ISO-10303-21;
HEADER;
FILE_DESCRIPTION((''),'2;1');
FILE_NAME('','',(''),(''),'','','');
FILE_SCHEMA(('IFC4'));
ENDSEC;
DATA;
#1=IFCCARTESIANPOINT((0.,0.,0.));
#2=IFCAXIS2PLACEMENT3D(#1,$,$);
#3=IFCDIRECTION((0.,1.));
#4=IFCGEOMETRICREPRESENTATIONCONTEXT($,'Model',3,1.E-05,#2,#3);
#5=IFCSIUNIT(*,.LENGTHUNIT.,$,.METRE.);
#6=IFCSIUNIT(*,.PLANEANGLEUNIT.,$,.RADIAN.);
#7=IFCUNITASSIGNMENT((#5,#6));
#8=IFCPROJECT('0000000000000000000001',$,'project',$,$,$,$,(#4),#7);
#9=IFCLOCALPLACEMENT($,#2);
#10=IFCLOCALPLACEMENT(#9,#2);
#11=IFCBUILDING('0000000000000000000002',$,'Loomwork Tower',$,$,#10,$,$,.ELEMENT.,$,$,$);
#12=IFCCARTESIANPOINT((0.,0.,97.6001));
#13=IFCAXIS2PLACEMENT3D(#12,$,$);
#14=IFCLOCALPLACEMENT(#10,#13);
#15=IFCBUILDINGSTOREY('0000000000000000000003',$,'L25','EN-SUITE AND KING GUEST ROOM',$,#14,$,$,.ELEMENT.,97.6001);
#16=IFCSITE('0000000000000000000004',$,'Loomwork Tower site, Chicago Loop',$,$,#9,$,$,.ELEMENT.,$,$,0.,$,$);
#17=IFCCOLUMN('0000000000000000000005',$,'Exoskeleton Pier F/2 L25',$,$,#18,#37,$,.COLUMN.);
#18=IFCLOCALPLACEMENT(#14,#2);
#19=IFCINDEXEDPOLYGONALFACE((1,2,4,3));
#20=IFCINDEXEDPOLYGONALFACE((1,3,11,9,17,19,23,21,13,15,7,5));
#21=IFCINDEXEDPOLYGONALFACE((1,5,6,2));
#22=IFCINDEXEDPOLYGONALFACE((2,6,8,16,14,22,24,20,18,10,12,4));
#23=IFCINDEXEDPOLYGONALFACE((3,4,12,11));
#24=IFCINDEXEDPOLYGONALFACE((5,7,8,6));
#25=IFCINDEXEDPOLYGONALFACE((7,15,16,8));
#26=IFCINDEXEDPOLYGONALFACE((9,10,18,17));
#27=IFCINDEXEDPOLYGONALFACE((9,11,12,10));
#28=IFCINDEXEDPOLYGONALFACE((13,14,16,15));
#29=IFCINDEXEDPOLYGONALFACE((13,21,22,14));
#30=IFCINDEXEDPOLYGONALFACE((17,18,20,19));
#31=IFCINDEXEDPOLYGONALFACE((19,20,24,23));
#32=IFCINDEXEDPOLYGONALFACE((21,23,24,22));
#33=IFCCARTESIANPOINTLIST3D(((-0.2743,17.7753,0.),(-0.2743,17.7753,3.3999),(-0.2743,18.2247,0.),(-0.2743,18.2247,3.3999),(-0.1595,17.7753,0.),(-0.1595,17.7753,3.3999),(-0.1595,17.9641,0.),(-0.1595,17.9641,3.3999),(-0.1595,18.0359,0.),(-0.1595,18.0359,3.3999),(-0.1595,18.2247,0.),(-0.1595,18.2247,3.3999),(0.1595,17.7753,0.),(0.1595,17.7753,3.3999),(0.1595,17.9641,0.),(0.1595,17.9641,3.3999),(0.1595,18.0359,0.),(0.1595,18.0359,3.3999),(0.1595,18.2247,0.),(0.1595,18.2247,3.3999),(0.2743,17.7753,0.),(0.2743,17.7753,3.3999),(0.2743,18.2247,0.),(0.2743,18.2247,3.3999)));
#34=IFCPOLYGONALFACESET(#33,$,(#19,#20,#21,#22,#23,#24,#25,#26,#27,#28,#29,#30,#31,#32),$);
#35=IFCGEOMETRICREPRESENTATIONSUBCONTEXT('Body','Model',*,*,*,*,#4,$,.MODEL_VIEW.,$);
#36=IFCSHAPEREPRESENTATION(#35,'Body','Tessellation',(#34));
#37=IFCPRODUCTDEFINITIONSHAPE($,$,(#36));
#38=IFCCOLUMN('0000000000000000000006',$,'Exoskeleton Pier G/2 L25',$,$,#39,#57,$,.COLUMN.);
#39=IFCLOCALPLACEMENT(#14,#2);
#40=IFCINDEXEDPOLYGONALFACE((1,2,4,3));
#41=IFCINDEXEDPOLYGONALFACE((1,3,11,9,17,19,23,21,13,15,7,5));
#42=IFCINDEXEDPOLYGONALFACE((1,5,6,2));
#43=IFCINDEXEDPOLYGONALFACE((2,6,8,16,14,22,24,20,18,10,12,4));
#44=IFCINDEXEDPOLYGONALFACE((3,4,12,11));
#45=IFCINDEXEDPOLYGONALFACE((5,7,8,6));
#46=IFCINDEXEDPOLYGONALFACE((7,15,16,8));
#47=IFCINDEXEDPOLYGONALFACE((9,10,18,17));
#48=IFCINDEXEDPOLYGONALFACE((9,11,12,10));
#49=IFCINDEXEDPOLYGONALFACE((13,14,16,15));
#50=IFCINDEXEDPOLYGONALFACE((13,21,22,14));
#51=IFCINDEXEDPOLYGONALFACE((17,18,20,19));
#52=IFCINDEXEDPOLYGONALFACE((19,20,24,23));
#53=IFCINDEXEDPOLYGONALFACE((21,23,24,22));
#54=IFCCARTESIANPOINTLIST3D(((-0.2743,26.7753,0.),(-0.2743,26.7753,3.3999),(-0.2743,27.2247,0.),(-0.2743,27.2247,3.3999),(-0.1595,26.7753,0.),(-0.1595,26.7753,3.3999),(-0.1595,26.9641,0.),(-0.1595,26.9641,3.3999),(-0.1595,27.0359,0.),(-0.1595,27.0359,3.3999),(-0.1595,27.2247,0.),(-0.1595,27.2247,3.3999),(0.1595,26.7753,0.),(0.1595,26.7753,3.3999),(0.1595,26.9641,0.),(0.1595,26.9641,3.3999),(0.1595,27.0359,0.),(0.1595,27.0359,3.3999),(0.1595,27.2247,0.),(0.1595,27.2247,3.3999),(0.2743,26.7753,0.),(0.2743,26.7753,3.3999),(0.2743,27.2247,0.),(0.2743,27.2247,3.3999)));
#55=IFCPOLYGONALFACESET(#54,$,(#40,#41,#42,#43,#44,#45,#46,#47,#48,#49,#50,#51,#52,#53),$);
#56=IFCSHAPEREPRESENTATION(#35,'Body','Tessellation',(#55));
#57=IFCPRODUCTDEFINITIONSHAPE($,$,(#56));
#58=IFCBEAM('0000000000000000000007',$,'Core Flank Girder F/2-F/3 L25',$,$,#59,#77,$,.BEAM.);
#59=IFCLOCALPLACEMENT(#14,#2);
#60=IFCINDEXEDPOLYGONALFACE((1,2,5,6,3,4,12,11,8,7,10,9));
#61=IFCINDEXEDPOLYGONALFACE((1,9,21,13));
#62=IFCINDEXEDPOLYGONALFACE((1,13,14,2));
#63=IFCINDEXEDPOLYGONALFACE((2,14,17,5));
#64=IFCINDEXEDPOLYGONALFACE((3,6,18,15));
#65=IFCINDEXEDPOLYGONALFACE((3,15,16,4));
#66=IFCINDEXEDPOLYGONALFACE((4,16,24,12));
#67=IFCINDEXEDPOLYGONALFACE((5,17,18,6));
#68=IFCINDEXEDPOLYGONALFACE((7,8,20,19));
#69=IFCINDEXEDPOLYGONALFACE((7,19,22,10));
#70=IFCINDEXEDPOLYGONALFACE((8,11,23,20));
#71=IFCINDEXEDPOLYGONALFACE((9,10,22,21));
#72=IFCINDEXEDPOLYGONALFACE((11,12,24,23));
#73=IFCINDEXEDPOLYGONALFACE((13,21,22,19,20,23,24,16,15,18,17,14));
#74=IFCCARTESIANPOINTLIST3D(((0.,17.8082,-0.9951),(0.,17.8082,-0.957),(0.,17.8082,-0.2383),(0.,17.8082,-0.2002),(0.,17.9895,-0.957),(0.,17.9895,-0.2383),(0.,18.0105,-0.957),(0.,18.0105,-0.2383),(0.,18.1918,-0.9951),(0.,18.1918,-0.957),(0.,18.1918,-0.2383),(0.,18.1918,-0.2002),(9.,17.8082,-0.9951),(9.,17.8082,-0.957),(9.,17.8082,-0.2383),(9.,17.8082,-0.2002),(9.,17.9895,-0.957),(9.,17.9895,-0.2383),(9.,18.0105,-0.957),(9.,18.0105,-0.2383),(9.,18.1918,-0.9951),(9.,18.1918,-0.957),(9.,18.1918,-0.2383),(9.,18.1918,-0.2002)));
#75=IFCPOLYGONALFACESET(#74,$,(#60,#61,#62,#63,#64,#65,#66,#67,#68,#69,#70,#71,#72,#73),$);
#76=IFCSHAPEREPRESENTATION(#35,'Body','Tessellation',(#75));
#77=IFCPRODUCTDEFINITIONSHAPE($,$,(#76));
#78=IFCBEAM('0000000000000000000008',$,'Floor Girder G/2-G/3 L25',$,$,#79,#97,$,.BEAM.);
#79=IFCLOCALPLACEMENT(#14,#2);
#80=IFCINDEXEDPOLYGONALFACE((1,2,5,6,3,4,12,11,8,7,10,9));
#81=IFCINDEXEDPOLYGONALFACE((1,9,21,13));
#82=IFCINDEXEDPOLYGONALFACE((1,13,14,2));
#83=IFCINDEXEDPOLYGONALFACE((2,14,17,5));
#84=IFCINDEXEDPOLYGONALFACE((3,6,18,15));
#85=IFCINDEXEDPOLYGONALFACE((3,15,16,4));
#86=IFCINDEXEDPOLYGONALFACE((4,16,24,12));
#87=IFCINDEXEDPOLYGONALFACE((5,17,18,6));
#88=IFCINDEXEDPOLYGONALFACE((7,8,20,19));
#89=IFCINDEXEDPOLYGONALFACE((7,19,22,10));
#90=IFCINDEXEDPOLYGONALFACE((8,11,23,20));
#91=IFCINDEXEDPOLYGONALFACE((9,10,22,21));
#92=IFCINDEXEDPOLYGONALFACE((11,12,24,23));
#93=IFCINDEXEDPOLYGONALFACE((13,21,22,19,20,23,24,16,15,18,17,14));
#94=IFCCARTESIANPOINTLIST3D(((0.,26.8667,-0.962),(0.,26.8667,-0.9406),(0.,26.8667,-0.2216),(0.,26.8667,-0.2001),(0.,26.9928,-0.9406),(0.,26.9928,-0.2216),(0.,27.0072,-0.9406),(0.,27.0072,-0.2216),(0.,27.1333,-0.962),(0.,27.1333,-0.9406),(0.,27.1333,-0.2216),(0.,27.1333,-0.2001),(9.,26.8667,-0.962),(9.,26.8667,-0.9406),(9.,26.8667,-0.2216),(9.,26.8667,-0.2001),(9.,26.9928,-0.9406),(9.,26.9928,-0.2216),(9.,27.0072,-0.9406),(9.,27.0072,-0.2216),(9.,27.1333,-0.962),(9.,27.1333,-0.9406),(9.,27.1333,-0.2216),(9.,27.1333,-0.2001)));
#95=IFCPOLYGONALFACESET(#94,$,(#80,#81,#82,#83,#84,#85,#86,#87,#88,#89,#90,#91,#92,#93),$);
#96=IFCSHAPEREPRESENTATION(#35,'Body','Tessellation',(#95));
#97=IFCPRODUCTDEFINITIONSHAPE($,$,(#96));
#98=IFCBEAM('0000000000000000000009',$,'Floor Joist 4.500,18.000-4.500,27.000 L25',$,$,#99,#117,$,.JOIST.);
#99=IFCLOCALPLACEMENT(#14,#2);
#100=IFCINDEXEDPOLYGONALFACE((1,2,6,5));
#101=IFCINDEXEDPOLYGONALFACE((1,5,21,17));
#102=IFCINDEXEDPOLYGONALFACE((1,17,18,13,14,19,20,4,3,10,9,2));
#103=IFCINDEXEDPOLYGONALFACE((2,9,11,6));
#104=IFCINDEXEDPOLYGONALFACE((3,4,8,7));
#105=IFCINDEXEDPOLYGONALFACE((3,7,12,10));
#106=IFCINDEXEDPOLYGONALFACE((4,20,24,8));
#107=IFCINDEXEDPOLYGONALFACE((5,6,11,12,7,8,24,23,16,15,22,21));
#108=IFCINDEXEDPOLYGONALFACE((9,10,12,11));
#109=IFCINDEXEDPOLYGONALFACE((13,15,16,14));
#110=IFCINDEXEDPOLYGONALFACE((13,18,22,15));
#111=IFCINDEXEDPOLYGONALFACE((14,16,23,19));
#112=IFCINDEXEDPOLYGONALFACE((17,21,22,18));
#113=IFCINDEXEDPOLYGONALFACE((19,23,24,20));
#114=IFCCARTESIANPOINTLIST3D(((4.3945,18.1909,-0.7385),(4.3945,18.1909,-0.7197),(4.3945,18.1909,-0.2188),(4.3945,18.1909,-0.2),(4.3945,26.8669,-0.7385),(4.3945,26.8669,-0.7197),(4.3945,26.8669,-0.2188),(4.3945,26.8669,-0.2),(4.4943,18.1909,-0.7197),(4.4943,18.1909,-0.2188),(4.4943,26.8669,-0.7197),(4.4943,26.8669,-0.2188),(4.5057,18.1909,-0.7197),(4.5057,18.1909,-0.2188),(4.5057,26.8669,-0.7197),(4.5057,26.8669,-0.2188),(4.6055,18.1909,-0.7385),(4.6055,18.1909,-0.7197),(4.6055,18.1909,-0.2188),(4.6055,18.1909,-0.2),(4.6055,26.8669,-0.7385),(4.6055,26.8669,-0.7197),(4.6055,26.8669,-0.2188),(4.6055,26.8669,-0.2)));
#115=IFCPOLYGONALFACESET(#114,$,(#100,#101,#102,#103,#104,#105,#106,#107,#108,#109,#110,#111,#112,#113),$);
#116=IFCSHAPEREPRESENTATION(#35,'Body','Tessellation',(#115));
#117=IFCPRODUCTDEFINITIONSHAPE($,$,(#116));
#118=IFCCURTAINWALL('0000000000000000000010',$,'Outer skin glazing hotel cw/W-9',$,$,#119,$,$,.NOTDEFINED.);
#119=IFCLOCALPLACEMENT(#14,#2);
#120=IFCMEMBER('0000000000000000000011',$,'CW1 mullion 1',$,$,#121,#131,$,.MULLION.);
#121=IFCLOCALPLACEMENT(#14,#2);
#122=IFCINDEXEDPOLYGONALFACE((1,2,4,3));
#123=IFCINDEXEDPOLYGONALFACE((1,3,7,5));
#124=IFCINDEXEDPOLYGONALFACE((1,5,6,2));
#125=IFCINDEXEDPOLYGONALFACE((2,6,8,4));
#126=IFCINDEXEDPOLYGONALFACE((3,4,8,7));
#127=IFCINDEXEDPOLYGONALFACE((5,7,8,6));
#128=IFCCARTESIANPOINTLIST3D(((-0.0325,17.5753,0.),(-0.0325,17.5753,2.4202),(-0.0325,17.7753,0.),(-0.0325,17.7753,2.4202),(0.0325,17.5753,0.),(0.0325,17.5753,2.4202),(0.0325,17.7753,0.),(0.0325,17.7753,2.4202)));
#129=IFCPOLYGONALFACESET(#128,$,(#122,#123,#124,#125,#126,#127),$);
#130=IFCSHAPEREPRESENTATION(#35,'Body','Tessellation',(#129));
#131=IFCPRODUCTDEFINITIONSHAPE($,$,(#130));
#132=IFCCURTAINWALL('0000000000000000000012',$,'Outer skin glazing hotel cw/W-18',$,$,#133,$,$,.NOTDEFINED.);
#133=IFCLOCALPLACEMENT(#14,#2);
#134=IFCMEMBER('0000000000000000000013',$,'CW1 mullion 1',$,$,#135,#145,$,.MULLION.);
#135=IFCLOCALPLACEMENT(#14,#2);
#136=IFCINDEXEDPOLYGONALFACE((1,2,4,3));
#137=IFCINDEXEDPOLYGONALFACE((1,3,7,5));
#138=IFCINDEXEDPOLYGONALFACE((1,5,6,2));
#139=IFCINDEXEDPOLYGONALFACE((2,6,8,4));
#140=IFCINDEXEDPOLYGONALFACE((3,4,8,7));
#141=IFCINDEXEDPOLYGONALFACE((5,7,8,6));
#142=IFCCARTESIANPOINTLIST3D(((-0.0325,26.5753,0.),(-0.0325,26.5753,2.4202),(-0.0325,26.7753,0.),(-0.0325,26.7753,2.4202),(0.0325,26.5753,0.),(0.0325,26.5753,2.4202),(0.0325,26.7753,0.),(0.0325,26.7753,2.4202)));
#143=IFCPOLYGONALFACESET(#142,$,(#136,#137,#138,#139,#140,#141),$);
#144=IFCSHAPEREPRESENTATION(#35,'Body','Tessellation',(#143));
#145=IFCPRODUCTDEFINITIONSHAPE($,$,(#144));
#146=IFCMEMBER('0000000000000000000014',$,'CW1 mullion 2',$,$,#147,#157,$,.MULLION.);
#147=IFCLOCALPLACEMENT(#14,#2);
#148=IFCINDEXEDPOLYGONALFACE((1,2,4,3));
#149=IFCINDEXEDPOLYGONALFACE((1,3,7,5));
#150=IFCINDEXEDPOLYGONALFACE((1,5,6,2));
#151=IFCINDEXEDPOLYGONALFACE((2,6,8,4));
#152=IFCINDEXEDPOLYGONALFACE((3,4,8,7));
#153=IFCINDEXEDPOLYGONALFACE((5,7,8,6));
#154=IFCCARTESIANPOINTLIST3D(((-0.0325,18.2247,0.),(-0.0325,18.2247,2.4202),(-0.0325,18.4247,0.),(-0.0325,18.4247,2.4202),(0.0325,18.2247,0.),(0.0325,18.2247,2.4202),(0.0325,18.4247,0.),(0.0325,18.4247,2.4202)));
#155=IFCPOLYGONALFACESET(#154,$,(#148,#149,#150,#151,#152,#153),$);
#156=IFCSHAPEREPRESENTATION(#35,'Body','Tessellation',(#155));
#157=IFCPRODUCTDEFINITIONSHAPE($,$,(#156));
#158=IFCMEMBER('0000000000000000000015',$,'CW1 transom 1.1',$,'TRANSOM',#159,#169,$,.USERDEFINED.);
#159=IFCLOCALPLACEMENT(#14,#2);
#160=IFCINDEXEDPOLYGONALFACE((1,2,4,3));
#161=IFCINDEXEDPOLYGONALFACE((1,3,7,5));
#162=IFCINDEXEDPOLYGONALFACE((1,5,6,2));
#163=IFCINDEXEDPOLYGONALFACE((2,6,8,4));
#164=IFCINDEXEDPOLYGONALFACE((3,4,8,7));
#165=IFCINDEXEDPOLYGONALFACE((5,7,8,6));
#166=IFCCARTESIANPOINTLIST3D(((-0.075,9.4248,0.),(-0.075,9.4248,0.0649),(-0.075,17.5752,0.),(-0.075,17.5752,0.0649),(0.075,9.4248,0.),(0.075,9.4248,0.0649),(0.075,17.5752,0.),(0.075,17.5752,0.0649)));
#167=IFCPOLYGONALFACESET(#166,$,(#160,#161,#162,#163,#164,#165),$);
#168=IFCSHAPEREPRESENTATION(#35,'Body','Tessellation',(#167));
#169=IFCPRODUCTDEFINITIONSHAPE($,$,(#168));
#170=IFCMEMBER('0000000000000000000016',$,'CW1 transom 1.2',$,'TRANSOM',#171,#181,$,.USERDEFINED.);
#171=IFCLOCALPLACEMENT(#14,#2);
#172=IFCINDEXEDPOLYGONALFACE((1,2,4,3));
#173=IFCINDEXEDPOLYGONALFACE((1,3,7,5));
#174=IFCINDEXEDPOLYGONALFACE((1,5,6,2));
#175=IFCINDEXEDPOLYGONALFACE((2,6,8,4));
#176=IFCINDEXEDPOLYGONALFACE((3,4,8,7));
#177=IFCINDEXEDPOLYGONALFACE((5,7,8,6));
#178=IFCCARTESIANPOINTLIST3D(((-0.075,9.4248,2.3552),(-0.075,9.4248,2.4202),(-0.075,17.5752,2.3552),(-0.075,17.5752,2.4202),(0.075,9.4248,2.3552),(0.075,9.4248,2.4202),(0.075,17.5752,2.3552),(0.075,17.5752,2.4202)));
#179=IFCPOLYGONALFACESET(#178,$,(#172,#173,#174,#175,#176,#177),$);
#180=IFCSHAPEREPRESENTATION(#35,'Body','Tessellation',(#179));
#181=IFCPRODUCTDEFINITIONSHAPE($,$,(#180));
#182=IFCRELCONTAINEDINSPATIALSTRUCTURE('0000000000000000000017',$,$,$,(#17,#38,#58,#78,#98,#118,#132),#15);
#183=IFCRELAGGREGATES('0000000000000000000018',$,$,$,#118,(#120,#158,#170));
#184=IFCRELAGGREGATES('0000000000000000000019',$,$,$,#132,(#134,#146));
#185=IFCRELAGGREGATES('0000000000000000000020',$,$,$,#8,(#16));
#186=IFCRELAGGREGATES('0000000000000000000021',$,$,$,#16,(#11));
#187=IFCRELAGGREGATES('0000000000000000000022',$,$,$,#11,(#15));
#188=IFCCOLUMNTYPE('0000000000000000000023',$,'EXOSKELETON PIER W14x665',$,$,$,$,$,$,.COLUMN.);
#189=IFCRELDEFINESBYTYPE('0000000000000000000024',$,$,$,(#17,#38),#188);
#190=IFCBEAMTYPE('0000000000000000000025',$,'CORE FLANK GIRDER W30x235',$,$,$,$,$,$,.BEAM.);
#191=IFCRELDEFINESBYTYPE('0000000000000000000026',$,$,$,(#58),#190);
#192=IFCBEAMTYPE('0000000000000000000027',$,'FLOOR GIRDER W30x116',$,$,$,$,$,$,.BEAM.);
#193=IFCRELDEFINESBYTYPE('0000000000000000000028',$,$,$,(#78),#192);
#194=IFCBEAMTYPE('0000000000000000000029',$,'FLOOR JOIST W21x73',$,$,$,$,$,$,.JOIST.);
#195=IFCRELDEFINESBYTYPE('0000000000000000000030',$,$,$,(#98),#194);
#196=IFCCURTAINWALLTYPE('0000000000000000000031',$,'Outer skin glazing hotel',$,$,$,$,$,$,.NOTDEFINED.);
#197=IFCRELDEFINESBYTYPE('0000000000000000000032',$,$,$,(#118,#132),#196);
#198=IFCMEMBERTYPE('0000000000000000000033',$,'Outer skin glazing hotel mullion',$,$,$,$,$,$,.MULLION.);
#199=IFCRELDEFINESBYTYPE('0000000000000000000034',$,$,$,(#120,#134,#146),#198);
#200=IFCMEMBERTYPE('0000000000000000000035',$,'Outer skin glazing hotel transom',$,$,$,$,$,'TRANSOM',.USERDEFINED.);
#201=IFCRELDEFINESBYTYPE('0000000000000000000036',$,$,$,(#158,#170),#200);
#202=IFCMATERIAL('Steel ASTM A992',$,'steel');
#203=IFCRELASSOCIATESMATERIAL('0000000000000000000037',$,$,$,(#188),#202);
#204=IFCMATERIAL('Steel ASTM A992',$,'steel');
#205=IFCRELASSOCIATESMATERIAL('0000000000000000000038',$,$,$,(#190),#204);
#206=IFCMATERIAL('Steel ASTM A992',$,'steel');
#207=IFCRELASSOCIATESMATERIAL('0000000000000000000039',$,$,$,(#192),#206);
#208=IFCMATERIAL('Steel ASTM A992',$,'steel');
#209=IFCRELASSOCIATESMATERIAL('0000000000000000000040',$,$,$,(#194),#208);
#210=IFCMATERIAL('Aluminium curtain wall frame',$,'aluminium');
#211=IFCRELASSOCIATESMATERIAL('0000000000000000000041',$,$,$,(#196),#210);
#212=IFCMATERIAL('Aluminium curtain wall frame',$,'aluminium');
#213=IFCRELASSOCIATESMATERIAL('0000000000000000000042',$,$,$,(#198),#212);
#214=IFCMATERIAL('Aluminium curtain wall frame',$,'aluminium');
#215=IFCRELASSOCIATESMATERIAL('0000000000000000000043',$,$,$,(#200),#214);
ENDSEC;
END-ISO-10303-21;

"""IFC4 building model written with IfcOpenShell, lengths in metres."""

from ifc_helpers import new_model, si_unit, direction, frame, origin, origin_2d, place, context, subcontext, project, spatial, rectangle, i_section, extrude, material, material_profile, profile_set, type_object, element, aggregate, save


model = new_model("IFC4")

# Units and contexts
model_context = context("Model", 3, precision=1e-05, world=origin(), true_north=direction((0.0, 1.0)))
body_context = subcontext(model_context, "Body", "Model", "MODEL_VIEW")
ifc_project = project(units=[si_unit("LENGTHUNIT", "METRE"), si_unit("PLANEANGLEUNIT", "RADIAN")], contexts=[model_context])

# Site, building, storey
site_placement = place(None, origin())
site = spatial("IfcSite", under=ifc_project, at=site_placement, Name="Loomwork Tower site, Chicago Loop", CompositionType="ELEMENT", RefElevation=0.0)
building_placement = place(site_placement, origin())
building = spatial("IfcBuilding", under=site, at=building_placement, Name="Loomwork Tower", CompositionType="ELEMENT")
storey_placement = place(building_placement, frame((0.0, 0.0, 97.6001)))
storey = spatial("IfcBuildingStorey", under=building, at=storey_placement, Name="L25", Description="EN-SUITE AND KING GUEST ROOM", CompositionType="ELEMENT", Elevation=97.6001)

# Columns
ifc_material_1 = material(Name="Steel ASTM A992", Category="steel")
ifc_material_profile_1 = material_profile(ifc_material_1, i_section(OverallWidth=0.4495, OverallDepth=0.5486, WebThickness=0.0718, FlangeThickness=0.1147, at=origin_2d()), Name="W14x665")
ifc_profile_set_1 = profile_set([ifc_material_profile_1], Name="Steel ASTM A992")
column_type = type_object("IfcColumnType", Name="EXOSKELETON PIER W14x665", PredefinedType="COLUMN", material=ifc_profile_set_1)
for number, where, z_axis, x_axis, name in (
    (1, (0.0, 18.0, 0.0), (0.0, 0.0, 1.0), (0.0, 1.0, 0.0), "Exoskeleton Pier F/2 L25"),
    (2, (0.0, 27.0, 0.0), (0.0, 0.0, 1.0), (0.0, 1.0, 0.0), "Exoskeleton Pier G/2 L25"),
):
    element("IfcColumn", number, at=place(storey_placement, frame(where, z_axis=z_axis, x_axis=x_axis)), inside=storey, type_object=column_type, Name=name, PredefinedType="COLUMN", context=body_context, shape_type="SweptSolid", body=[
        extrude(i_section(OverallWidth=0.4495, OverallDepth=0.5486, WebThickness=0.0718, FlangeThickness=0.1147, at=origin_2d()), origin(), (0.0, 0.0, 1.0), 3.3999),
    ])

# Beams
ifc_material_2 = material(Name="Steel ASTM A992", Category="steel")
ifc_material_profile_2 = material_profile(ifc_material_2, i_section(OverallWidth=0.3835, OverallDepth=0.7949, WebThickness=0.021, FlangeThickness=0.0381, at=origin_2d()), Name="W30x235")
ifc_profile_set_2 = profile_set([ifc_material_profile_2], Name="Steel ASTM A992")
beam_type_1 = type_object("IfcBeamType", Name="CORE FLANK GIRDER W30x235", PredefinedType="BEAM", material=ifc_profile_set_2)
beam_1_placement = place(storey_placement, frame((0.0, 18.0, -0.5977), z_axis=(1.0, 0.0, 0.0), x_axis=(0.0, 1.0, 0.0)))
element("IfcBeam", 3, at=beam_1_placement, inside=storey, type_object=beam_type_1, Name="Core Flank Girder F/2-F/3 L25", PredefinedType="BEAM", context=body_context, shape_type="SweptSolid", body=[
    extrude(i_section(OverallWidth=0.3835, OverallDepth=0.7949, WebThickness=0.021, FlangeThickness=0.0381, at=origin_2d()), origin(), (0.0, 0.0, 1.0), 9.0),
])
ifc_material_3 = material(Name="Steel ASTM A992", Category="steel")
ifc_material_profile_3 = material_profile(ifc_material_3, i_section(OverallWidth=0.2666, OverallDepth=0.762, WebThickness=0.0144, FlangeThickness=0.0215, at=origin_2d()), Name="W30x116")
ifc_profile_set_3 = profile_set([ifc_material_profile_3], Name="Steel ASTM A992")
beam_type_2 = type_object("IfcBeamType", Name="FLOOR GIRDER W30x116", PredefinedType="BEAM", material=ifc_profile_set_3)
beam_2_placement = place(storey_placement, frame((0.0, 27.0, -0.5811), z_axis=(1.0, 0.0, 0.0), x_axis=(0.0, 1.0, 0.0)))
element("IfcBeam", 4, at=beam_2_placement, inside=storey, type_object=beam_type_2, Name="Floor Girder G/2-G/3 L25", PredefinedType="BEAM", context=body_context, shape_type="SweptSolid", body=[
    extrude(i_section(OverallWidth=0.2666, OverallDepth=0.762, WebThickness=0.0144, FlangeThickness=0.0215, at=origin_2d()), origin(), (0.0, 0.0, 1.0), 9.0),
])
ifc_material_4 = material(Name="Steel ASTM A992", Category="steel")
ifc_material_profile_4 = material_profile(ifc_material_4, i_section(OverallWidth=0.2109, OverallDepth=0.5386, WebThickness=0.0115, FlangeThickness=0.0188, at=origin_2d()), Name="W21x73")
ifc_profile_set_4 = profile_set([ifc_material_profile_4], Name="Steel ASTM A992")
beam_type_3 = type_object("IfcBeamType", Name="FLOOR JOIST W21x73", PredefinedType="JOIST", material=ifc_profile_set_4)
beam_3_placement = place(storey_placement, frame((4.5, 18.1909, -0.4692), z_axis=(0.0, 1.0, 0.0), x_axis=(-1.0, 0.0, 0.0)))
element("IfcBeam", 5, at=beam_3_placement, inside=storey, type_object=beam_type_3, Name="Floor Joist 4.500,18.000-4.500,27.000 L25", PredefinedType="JOIST", context=body_context, shape_type="SweptSolid", body=[
    extrude(i_section(OverallWidth=0.2109, OverallDepth=0.5386, WebThickness=0.0115, FlangeThickness=0.0188, at=origin_2d()), origin(), (0.0, 0.0, 1.0), 8.676),
])

# Curtain wall, member
ifc_material_5 = material(Name="Aluminium curtain wall frame", Category="aluminium")
curtain_wall_type = type_object("IfcCurtainWallType", Name="Outer skin glazing hotel", PredefinedType="NOTDEFINED", material=ifc_material_5)
curtain_wall_1_placement = place(storey_placement, origin())
curtain_wall_1 = element("IfcCurtainWall", 6, at=curtain_wall_1_placement, inside=storey, type_object=curtain_wall_type, Name="Outer skin glazing hotel cw/W-9", PredefinedType="NOTDEFINED")
ifc_material_6 = material(Name="Aluminium curtain wall frame", Category="aluminium")
ifc_material_profile_5 = material_profile(ifc_material_6, rectangle(XDim=0.0649, YDim=0.2, at=origin_2d()), Name="AL 65x200")
ifc_profile_set_5 = profile_set([ifc_material_profile_5], Name="Aluminium curtain wall frame")
member_type_1 = type_object("IfcMemberType", Name="Outer skin glazing hotel mullion", PredefinedType="MULLION", material=ifc_profile_set_5)
member_1_placement = place(storey_placement, frame((0.0, 17.6753, 0.0), z_axis=(0.0, 0.0, 1.0), x_axis=(1.0, 0.0, 0.0)))
member_1 = element("IfcMember", 7, at=member_1_placement, type_object=member_type_1, Name="CW1 mullion 1", PredefinedType="MULLION", context=body_context, shape_type="SweptSolid", body=[
    extrude(rectangle(XDim=0.0649, YDim=0.2, at=origin_2d()), origin(), (0.0, 0.0, 1.0), 2.4202),
])

# Curtain wall, members
curtain_wall_2_placement = place(storey_placement, origin())
curtain_wall_2 = element("IfcCurtainWall", 8, at=curtain_wall_2_placement, inside=storey, type_object=curtain_wall_type, Name="Outer skin glazing hotel cw/W-18", PredefinedType="NOTDEFINED")
member_2_placement = place(storey_placement, frame((0.0, 26.6753, 0.0), z_axis=(0.0, 0.0, 1.0), x_axis=(1.0, 0.0, 0.0)))
member_2 = element("IfcMember", 9, at=member_2_placement, type_object=member_type_1, Name="CW1 mullion 1", PredefinedType="MULLION", context=body_context, shape_type="SweptSolid", body=[
    extrude(rectangle(XDim=0.0649, YDim=0.2, at=origin_2d()), origin(), (0.0, 0.0, 1.0), 2.4202),
])
member_3_placement = place(storey_placement, frame((0.0, 18.3247, 0.0), z_axis=(0.0, 0.0, 1.0), x_axis=(1.0, 0.0, 0.0)))
member_3 = element("IfcMember", 10, at=member_3_placement, type_object=member_type_1, Name="CW1 mullion 2", PredefinedType="MULLION", context=body_context, shape_type="SweptSolid", body=[
    extrude(rectangle(XDim=0.0649, YDim=0.2, at=origin_2d()), origin(), (0.0, 0.0, 1.0), 2.4202),
])

# Members
ifc_material_7 = material(Name="Aluminium curtain wall frame", Category="aluminium")
ifc_material_profile_6 = material_profile(ifc_material_7, rectangle(XDim=0.1499, YDim=0.0649, at=origin_2d()), Name="AL 65x150")
ifc_profile_set_6 = profile_set([ifc_material_profile_6], Name="Aluminium curtain wall frame")
member_type_2 = type_object("IfcMemberType", Name="Outer skin glazing hotel transom", ElementType="TRANSOM", PredefinedType="USERDEFINED", material=ifc_profile_set_6)
member_4_placement = place(storey_placement, frame((0.0, 17.5752, 0.0325), z_axis=(0.0, -1.0, 0.0), x_axis=(1.0, 0.0, 0.0)))
member_4 = element("IfcMember", 11, at=member_4_placement, type_object=member_type_2, Name="CW1 transom 1.1", ObjectType="TRANSOM", PredefinedType="USERDEFINED", context=body_context, shape_type="SweptSolid", body=[
    extrude(rectangle(XDim=0.1499, YDim=0.0649, at=origin_2d()), origin(), (0.0, 0.0, 1.0), 8.1504),
])
member_5_placement = place(storey_placement, frame((0.0, 17.5752, 2.3877), z_axis=(0.0, -1.0, 0.0), x_axis=(1.0, 0.0, 0.0)))
member_5 = element("IfcMember", 12, at=member_5_placement, type_object=member_type_2, Name="CW1 transom 1.2", ObjectType="TRANSOM", PredefinedType="USERDEFINED", context=body_context, shape_type="SweptSolid", body=[
    extrude(rectangle(XDim=0.1499, YDim=0.0649, at=origin_2d()), origin(), (0.0, 0.0, 1.0), 8.1504),
])
aggregate(curtain_wall_1, [member_1, member_4, member_5])

aggregate(curtain_wall_2, [member_2, member_3])

save(model, "model.ifc")
